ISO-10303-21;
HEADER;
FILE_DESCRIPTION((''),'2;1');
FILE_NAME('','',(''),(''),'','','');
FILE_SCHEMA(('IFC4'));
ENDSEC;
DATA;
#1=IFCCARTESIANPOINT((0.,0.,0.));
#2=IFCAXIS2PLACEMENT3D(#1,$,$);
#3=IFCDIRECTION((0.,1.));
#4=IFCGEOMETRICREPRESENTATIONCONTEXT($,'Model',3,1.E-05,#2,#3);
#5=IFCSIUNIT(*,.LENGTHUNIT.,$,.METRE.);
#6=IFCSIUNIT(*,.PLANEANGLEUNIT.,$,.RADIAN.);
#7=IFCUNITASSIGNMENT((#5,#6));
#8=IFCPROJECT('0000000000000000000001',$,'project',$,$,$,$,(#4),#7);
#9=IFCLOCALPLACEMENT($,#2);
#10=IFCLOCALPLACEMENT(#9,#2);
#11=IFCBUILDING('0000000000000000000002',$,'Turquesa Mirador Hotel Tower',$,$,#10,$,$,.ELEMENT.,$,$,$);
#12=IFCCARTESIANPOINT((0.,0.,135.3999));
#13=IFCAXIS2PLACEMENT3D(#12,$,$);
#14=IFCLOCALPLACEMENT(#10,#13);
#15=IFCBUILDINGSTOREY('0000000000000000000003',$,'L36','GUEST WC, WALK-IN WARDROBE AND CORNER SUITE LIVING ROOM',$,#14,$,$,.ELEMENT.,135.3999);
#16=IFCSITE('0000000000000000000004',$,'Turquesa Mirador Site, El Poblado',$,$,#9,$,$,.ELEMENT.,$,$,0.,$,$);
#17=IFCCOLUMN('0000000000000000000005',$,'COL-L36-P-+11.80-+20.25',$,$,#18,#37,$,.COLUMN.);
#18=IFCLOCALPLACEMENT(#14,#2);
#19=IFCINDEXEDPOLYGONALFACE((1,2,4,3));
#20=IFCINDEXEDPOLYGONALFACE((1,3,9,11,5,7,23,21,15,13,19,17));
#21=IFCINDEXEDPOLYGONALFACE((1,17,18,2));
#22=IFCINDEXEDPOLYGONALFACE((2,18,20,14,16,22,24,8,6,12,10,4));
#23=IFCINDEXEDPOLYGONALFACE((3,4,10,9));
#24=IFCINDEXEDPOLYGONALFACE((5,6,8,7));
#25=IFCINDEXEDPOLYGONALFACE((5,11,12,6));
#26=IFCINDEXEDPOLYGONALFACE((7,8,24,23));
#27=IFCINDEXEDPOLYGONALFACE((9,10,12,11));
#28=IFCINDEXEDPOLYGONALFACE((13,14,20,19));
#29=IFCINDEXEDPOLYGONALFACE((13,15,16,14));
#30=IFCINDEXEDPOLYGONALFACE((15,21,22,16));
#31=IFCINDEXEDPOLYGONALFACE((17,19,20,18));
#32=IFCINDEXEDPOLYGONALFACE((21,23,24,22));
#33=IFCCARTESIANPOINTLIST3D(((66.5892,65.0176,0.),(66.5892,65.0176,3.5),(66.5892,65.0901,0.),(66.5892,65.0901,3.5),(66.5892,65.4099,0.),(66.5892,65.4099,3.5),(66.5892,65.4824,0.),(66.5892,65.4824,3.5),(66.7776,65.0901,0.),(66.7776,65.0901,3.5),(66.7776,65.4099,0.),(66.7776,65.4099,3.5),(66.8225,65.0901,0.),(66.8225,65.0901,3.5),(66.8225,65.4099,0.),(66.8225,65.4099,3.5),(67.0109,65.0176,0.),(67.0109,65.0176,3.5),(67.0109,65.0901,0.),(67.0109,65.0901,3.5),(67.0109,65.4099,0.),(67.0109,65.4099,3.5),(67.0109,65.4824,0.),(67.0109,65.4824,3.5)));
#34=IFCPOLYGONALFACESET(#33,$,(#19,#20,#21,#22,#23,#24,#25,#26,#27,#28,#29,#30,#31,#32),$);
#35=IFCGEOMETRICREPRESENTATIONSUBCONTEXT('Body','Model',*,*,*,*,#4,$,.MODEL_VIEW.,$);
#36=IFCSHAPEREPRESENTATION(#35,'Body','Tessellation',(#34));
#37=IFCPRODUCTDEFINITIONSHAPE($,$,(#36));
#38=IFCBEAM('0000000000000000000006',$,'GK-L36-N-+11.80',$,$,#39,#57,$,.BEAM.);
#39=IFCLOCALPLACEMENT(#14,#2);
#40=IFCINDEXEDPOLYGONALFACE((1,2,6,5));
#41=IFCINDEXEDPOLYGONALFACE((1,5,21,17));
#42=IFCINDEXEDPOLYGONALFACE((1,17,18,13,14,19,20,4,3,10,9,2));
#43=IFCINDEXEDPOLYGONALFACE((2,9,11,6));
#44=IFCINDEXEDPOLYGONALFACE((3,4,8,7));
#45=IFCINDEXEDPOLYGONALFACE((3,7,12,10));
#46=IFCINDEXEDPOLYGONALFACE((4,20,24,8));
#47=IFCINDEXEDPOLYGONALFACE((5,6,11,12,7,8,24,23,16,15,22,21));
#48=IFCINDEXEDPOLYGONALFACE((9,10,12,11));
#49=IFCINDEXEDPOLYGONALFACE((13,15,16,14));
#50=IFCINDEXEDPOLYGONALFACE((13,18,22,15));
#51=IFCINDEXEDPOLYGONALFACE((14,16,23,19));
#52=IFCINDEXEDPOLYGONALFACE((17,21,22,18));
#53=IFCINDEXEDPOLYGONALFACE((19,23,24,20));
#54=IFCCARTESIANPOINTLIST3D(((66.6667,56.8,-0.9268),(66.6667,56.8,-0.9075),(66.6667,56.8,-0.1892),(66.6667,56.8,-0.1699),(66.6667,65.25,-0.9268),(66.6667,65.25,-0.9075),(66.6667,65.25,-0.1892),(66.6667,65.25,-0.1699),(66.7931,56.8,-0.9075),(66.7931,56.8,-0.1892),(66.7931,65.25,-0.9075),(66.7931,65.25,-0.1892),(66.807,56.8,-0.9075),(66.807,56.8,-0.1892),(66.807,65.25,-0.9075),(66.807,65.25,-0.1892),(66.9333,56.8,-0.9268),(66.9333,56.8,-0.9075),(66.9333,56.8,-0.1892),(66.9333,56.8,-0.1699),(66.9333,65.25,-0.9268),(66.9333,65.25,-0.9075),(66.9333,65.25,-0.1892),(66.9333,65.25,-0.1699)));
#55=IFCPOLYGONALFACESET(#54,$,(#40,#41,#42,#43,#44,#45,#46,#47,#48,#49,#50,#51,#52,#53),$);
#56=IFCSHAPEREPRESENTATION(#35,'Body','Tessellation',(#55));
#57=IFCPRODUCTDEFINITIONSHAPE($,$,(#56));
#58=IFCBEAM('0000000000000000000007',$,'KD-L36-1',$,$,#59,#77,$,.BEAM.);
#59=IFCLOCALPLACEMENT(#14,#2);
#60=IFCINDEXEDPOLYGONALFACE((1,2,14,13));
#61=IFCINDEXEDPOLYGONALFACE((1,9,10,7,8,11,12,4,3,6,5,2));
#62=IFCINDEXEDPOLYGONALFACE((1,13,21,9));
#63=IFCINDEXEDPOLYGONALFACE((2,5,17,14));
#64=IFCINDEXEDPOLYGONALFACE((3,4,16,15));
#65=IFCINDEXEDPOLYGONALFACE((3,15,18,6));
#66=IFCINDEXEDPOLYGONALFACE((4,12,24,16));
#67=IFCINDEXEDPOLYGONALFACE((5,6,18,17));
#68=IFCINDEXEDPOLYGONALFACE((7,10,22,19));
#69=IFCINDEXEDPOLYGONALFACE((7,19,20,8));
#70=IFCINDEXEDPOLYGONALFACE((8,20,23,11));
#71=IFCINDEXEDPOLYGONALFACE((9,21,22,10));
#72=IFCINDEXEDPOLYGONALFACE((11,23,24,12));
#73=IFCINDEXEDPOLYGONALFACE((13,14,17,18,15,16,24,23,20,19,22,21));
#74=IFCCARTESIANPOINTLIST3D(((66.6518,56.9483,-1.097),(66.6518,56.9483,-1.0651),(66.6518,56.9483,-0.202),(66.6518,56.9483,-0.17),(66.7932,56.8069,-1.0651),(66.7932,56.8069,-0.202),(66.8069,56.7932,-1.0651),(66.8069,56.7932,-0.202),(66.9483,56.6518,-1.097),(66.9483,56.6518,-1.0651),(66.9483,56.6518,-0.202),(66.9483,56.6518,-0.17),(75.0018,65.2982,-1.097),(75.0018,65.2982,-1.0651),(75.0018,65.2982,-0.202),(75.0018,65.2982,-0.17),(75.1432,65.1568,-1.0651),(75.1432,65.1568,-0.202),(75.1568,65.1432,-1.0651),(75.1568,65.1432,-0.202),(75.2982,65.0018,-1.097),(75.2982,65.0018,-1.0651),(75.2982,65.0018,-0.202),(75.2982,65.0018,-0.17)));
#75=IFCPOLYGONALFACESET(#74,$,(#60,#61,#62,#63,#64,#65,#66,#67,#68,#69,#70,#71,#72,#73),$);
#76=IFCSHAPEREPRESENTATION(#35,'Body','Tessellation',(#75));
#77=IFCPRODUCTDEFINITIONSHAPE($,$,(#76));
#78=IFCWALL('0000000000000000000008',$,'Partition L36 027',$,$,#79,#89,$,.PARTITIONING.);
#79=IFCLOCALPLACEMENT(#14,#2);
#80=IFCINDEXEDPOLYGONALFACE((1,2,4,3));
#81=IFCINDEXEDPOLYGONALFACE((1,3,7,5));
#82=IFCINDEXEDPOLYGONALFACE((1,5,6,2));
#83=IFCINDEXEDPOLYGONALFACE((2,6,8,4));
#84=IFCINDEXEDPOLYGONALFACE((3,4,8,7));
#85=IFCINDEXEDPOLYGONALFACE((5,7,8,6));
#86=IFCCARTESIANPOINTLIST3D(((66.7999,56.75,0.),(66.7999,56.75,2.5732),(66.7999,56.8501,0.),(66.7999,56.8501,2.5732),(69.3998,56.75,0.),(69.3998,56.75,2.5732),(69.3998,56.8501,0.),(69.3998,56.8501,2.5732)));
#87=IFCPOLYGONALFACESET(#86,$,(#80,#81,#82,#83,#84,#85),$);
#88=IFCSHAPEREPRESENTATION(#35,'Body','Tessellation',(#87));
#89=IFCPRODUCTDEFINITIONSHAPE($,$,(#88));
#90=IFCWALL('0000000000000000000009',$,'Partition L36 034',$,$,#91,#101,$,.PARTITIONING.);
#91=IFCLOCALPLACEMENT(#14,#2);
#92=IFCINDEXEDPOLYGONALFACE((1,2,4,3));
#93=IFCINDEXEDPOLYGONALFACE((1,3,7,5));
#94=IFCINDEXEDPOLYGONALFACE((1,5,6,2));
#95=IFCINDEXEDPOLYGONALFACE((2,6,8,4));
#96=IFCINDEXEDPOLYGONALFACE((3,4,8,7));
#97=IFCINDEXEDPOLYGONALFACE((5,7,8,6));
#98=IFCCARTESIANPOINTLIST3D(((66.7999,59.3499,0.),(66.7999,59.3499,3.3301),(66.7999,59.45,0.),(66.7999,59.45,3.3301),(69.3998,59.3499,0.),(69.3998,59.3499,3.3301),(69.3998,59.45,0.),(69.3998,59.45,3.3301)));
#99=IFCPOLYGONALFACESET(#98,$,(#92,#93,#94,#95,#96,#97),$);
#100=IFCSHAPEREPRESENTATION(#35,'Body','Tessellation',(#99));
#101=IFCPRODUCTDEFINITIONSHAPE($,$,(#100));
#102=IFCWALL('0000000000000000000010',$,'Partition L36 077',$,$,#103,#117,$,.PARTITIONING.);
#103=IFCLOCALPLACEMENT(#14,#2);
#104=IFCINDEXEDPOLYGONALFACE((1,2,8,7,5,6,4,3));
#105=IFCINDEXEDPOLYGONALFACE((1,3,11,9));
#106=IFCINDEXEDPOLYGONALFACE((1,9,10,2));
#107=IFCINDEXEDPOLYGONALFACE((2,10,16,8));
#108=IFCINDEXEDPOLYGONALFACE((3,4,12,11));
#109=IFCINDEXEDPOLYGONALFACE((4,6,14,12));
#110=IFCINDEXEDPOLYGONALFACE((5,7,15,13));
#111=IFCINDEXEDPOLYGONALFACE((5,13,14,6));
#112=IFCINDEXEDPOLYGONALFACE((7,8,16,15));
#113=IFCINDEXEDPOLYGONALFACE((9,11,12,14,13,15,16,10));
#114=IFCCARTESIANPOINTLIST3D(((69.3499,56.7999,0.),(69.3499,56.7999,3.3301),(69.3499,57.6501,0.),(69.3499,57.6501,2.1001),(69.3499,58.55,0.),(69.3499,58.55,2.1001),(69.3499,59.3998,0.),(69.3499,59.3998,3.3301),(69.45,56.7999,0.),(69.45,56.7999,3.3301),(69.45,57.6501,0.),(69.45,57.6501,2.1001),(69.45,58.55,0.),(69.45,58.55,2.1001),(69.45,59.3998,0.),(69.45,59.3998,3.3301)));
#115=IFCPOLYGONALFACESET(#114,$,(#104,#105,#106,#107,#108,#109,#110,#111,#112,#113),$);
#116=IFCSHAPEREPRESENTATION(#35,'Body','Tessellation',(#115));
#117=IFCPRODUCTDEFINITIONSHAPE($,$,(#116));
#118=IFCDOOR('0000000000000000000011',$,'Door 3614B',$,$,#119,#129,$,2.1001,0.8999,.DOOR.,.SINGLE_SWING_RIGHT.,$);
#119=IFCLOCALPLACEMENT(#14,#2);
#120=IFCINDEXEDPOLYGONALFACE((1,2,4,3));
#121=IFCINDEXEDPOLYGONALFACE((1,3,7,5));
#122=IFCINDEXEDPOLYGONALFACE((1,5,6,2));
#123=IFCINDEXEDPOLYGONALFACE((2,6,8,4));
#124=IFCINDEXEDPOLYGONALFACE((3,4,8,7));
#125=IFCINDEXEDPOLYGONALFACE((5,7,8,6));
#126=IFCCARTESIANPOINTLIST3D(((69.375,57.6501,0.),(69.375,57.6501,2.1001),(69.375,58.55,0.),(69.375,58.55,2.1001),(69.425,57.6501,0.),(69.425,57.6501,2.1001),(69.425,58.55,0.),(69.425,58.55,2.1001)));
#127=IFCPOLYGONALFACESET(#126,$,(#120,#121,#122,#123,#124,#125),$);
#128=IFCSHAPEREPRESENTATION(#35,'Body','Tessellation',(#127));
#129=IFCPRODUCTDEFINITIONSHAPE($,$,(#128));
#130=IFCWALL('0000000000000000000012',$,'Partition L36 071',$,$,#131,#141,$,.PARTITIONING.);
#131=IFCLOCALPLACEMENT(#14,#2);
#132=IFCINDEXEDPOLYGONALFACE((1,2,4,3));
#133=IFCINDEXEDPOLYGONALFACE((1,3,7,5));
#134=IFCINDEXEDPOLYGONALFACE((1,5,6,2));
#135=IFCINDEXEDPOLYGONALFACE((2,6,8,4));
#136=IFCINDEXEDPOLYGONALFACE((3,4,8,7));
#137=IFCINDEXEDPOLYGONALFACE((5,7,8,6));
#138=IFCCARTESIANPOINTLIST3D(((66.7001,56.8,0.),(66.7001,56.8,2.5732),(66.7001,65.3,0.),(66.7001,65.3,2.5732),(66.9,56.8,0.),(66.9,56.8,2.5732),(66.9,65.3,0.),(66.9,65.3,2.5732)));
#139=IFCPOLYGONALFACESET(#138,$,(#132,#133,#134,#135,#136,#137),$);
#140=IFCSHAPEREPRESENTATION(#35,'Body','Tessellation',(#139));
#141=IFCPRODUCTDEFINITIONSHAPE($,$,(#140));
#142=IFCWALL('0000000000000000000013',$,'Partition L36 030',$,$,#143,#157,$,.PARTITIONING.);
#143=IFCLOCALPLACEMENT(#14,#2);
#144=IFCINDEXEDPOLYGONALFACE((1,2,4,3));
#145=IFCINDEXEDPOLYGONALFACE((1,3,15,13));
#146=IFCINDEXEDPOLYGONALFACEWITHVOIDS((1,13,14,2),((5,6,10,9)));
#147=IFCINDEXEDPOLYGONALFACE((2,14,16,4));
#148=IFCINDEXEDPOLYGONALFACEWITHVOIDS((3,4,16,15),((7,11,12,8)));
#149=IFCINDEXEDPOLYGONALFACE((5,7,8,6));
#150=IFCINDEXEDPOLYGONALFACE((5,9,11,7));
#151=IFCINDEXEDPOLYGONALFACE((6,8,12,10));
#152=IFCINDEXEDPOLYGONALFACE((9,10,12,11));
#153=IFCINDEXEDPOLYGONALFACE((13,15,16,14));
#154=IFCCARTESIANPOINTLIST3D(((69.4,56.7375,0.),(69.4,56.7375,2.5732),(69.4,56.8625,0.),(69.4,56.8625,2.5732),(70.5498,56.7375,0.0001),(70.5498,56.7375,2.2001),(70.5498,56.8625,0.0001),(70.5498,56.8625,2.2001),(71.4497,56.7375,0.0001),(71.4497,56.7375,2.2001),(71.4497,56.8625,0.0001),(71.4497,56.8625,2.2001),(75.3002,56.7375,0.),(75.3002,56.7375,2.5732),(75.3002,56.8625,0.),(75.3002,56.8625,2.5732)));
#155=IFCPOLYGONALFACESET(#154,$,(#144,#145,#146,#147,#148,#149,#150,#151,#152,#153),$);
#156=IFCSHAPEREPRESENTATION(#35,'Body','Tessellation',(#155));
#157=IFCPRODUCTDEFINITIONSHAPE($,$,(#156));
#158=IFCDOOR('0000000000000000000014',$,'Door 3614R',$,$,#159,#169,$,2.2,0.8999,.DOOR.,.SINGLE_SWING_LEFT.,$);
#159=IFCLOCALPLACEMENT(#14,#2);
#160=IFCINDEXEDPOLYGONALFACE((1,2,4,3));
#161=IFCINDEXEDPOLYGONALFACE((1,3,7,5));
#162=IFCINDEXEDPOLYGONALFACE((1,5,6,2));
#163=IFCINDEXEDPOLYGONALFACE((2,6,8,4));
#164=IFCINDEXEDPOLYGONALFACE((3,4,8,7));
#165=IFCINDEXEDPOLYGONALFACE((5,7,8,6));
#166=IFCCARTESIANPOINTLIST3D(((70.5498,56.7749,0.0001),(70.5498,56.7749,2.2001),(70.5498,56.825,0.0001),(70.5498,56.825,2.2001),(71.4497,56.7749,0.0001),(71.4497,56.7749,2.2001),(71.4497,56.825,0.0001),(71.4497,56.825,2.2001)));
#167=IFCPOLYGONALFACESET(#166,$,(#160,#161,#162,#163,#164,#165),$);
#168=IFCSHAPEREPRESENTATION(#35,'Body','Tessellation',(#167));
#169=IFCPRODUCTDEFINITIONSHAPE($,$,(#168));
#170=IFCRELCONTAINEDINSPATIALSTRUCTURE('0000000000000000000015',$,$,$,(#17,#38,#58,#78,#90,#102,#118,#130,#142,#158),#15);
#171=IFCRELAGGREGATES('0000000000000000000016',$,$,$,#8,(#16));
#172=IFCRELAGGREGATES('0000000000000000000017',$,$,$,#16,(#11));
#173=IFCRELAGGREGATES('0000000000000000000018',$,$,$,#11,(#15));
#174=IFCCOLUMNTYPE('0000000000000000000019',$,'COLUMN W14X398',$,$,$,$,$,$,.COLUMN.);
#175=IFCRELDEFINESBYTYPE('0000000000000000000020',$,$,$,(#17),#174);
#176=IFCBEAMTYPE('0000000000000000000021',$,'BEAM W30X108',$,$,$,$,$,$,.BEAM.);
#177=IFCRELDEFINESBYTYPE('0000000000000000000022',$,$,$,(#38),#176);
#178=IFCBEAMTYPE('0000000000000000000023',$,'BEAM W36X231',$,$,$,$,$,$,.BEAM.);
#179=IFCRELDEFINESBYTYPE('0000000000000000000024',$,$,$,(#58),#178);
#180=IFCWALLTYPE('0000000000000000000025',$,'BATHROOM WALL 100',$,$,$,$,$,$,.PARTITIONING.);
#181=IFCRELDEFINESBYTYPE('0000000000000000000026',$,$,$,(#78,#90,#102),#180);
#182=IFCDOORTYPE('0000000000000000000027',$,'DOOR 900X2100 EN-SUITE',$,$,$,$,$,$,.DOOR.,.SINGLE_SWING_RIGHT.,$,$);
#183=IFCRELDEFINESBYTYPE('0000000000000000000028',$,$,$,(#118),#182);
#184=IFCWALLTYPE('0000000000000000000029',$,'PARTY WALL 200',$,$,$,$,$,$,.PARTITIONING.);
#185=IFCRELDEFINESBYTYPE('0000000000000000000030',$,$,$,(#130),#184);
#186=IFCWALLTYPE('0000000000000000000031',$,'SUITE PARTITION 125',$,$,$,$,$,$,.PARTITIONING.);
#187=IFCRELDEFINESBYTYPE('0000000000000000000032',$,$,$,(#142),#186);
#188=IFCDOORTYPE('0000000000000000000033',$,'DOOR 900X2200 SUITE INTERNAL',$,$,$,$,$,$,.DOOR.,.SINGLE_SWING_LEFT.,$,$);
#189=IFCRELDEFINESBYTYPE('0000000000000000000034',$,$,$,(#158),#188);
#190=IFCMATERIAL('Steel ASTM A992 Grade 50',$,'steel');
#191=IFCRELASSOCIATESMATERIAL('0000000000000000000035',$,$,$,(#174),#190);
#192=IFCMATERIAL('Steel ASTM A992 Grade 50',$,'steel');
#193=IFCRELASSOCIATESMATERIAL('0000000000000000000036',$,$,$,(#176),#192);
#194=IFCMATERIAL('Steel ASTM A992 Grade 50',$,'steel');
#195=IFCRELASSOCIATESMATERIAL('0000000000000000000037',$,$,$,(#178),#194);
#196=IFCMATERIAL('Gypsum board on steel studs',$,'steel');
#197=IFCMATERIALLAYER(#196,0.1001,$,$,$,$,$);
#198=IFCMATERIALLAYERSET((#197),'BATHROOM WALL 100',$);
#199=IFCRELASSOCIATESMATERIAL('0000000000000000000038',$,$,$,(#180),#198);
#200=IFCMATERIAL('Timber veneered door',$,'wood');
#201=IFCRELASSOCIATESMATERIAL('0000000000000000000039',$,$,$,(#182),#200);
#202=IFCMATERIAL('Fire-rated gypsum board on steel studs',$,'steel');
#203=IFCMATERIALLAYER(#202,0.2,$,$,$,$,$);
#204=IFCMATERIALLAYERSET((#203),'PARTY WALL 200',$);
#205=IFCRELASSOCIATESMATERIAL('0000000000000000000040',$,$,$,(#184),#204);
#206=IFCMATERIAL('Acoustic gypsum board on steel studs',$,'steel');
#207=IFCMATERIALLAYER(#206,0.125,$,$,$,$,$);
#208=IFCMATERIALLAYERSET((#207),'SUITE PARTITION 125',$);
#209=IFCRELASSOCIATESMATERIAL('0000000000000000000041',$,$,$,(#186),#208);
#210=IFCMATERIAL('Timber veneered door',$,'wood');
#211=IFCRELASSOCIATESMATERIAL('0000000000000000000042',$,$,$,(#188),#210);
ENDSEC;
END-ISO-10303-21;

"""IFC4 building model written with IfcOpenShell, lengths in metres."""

from ifc_helpers import new_model, si_unit, direction, frame, frame_2d, origin, origin_2d, place, context, subcontext, project, spatial, rectangle, i_section, extrude, material, layer, layer_set, material_profile, profile_set, type_object, element, fill, save


model = new_model("IFC4")

# Units and contexts
model_context = context("Model", 3, precision=1e-05, world=origin(), true_north=direction((0.0, 1.0)))
body_context = subcontext(model_context, "Body", "Model", "MODEL_VIEW")
ifc_project = project(units=[si_unit("LENGTHUNIT", "METRE"), si_unit("PLANEANGLEUNIT", "RADIAN")], contexts=[model_context])

# Site, building, storey
site_placement = place(None, origin())
site = spatial("IfcSite", under=ifc_project, at=site_placement, Name="Turquesa Mirador Site, El Poblado", CompositionType="ELEMENT", RefElevation=0.0)
building_placement = place(site_placement, origin())
building = spatial("IfcBuilding", under=site, at=building_placement, Name="Turquesa Mirador Hotel Tower", CompositionType="ELEMENT")
storey_placement = place(building_placement, frame((0.0, 0.0, 135.3999)))
storey = spatial("IfcBuildingStorey", under=building, at=storey_placement, Name="L36", Description="GUEST WC, WALK-IN WARDROBE AND CORNER SUITE LIVING ROOM", CompositionType="ELEMENT", Elevation=135.3999)

# Column
ifc_material_1 = material(Name="Steel ASTM A992 Grade 50", Category="steel")
ifc_material_profile_1 = material_profile(ifc_material_1, i_section(OverallWidth=0.4216, OverallDepth=0.4648, WebThickness=0.0449, FlangeThickness=0.0725, at=origin_2d()), Name="W14X398")
ifc_profile_set_1 = profile_set([ifc_material_profile_1], Name="Steel ASTM A992 Grade 50")
column_type = type_object("IfcColumnType", Name="COLUMN W14X398", PredefinedType="COLUMN", material=ifc_profile_set_1)
column_placement = place(storey_placement, frame((66.8, 65.25, 0.0), z_axis=(0.0, 0.0, 1.0), x_axis=(1.0, 0.0, 0.0)))
element("IfcColumn", 1, at=column_placement, inside=storey, type_object=column_type, Name="COL-L36-P-+11.80-+20.25", PredefinedType="COLUMN", context=body_context, shape_type="SweptSolid", body=[
    extrude(i_section(OverallWidth=0.4216, OverallDepth=0.4648, WebThickness=0.0449, FlangeThickness=0.0725, at=origin_2d()), origin(), (0.0, 0.0, 1.0), 3.5),
])

# Beams
ifc_material_2 = material(Name="Steel ASTM A992 Grade 50", Category="steel")
ifc_material_profile_2 = material_profile(ifc_material_2, i_section(OverallWidth=0.2666, OverallDepth=0.7568, WebThickness=0.0139, FlangeThickness=0.0193, at=origin_2d()), Name="W30X108")
ifc_profile_set_2 = profile_set([ifc_material_profile_2], Name="Steel ASTM A992 Grade 50")
beam_type_1 = type_object("IfcBeamType", Name="BEAM W30X108", PredefinedType="BEAM", material=ifc_profile_set_2)
beam_1_placement = place(storey_placement, frame((66.8, 65.25, -0.5483), z_axis=(0.0, -1.0, 0.0), x_axis=(1.0, 0.0, 0.0)))
element("IfcBeam", 2, at=beam_1_placement, inside=storey, type_object=beam_type_1, Name="GK-L36-N-+11.80", PredefinedType="BEAM", context=body_context, shape_type="SweptSolid", body=[
    extrude(i_section(OverallWidth=0.2666, OverallDepth=0.7568, WebThickness=0.0139, FlangeThickness=0.0193, at=origin_2d()), origin(), (0.0, 0.0, 1.0), 8.45),
])
ifc_material_3 = material(Name="Steel ASTM A992 Grade 50", Category="steel")
ifc_material_profile_3 = material_profile(ifc_material_3, i_section(OverallWidth=0.4192, OverallDepth=0.927, WebThickness=0.0193, FlangeThickness=0.032, at=origin_2d()), Name="W36X231")
ifc_profile_set_3 = profile_set([ifc_material_profile_3], Name="Steel ASTM A992 Grade 50")
beam_type_2 = type_object("IfcBeamType", Name="BEAM W36X231", PredefinedType="BEAM", material=ifc_profile_set_3)
beam_2_placement = place(storey_placement, frame((66.8, 56.8, -0.6335), z_axis=(0.707107, 0.707107, 0.0), x_axis=(-0.707107, 0.707107, 0.0)))
element("IfcBeam", 3, at=beam_2_placement, inside=storey, type_object=beam_type_2, Name="KD-L36-1", PredefinedType="BEAM", context=body_context, shape_type="SweptSolid", body=[
    extrude(i_section(OverallWidth=0.4192, OverallDepth=0.927, WebThickness=0.0193, FlangeThickness=0.032, at=origin_2d()), origin(), (0.0, 0.0, 1.0), 11.8086),
])

# Walls
ifc_material_4 = material(Name="Gypsum board on steel studs", Category="steel")
ifc_layer_1 = layer(ifc_material_4, 0.1001)
ifc_layer_set_1 = layer_set([ifc_layer_1], Name="BATHROOM WALL 100")
wall_type_1 = type_object("IfcWallType", Name="BATHROOM WALL 100", PredefinedType="PARTITIONING", material=ifc_layer_set_1)
wall_1_placement = place(storey_placement, frame((66.8, 56.8, 0.0), z_axis=(0.0, 0.0, 1.0), x_axis=(1.0, 0.0, 0.0)))
element("IfcWall", 4, at=wall_1_placement, inside=storey, type_object=wall_type_1, Name="Partition L36 027", PredefinedType="PARTITIONING", context=body_context, shape_type="SweptSolid", body=[
    extrude(rectangle(XDim=2.5999, YDim=0.1001, at=frame_2d((1.2998, 0.0))), origin(), (0.0, 0.0, 1.0), 2.5732),
])
wall_2_placement = place(storey_placement, frame((66.8, 59.3999, 0.0), z_axis=(0.0, 0.0, 1.0), x_axis=(1.0, 0.0, 0.0)))
element("IfcWall", 5, at=wall_2_placement, inside=storey, type_object=wall_type_1, Name="Partition L36 034", PredefinedType="PARTITIONING", context=body_context, shape_type="SweptSolid", body=[
    extrude(rectangle(XDim=2.5999, YDim=0.1001, at=frame_2d((1.2998, 0.0))), origin(), (0.0, 0.0, 1.0), 3.3301),
])

# Wall, opening, door
wall_3_placement = place(storey_placement, frame((69.3999, 56.8, 0.0), z_axis=(0.0, 0.0, 1.0), x_axis=(0.0, 1.0, 0.0)))
wall_3 = element("IfcWall", 6, at=wall_3_placement, inside=storey, type_object=wall_type_1, Name="Partition L36 077", PredefinedType="PARTITIONING", context=body_context, shape_type="SweptSolid", body=[
    extrude(rectangle(XDim=2.5999, YDim=0.1001, at=frame_2d((1.2998, 0.0))), origin(), (0.0, 0.0, 1.0), 3.3301),
])
opening_1_placement = place(wall_3_placement, frame((0.8501, 0.0, 0.0)))
opening_1 = element("IfcOpeningElement", 7, at=opening_1_placement, cuts=wall_3, PredefinedType="OPENING", context=body_context, shape_type="SweptSolid", body=[
    extrude(rectangle(XDim=0.8999, YDim=2.1001, at=frame_2d((0.45, 1.05))), frame((0.0, 0.0601, 0.0), z_axis=(0.0, -1.0, 0.0), x_axis=(1.0, 0.0, 0.0)), (0.0, 0.0, 1.0), 0.1201),
])
ifc_material_5 = material(Name="Timber veneered door", Category="wood")
door_type_1 = type_object("IfcDoorType", Name="DOOR 900X2100 EN-SUITE", OperationType="SINGLE_SWING_RIGHT", PredefinedType="DOOR", material=ifc_material_5)
door_1_placement = place(opening_1_placement, origin())
door_1 = element("IfcDoor", 8, at=door_1_placement, inside=storey, type_object=door_type_1, Name="Door 3614B", OperationType="SINGLE_SWING_RIGHT", OverallHeight=2.1001, OverallWidth=0.8999, PredefinedType="DOOR", context=body_context, shape_type="SweptSolid", body=[
    extrude(rectangle(XDim=0.8999, YDim=2.1001, at=frame_2d((0.45, 1.05))), frame((0.0, 0.0249, 0.0), z_axis=(0.0, -1.0, 0.0), x_axis=(1.0, 0.0, 0.0)), (0.0, 0.0, 1.0), 0.05),
])
fill(opening_1, door_1)

# Wall
ifc_material_6 = material(Name="Fire-rated gypsum board on steel studs", Category="steel")
ifc_layer_2 = layer(ifc_material_6, 0.2)
ifc_layer_set_2 = layer_set([ifc_layer_2], Name="PARTY WALL 200")
wall_type_2 = type_object("IfcWallType", Name="PARTY WALL 200", PredefinedType="PARTITIONING", material=ifc_layer_set_2)
wall_4_placement = place(storey_placement, frame((66.8, 56.8, 0.0), z_axis=(0.0, 0.0, 1.0), x_axis=(0.0, 1.0, 0.0)))
element("IfcWall", 9, at=wall_4_placement, inside=storey, type_object=wall_type_2, Name="Partition L36 071", PredefinedType="PARTITIONING", context=body_context, shape_type="SweptSolid", body=[
    extrude(rectangle(XDim=8.5, YDim=0.2, at=frame_2d((4.25, 0.0))), origin(), (0.0, 0.0, 1.0), 2.5732),
])

# Wall, opening, door
ifc_material_7 = material(Name="Acoustic gypsum board on steel studs", Category="steel")
ifc_layer_3 = layer(ifc_material_7, 0.125)
ifc_layer_set_3 = layer_set([ifc_layer_3], Name="SUITE PARTITION 125")
wall_type_3 = type_object("IfcWallType", Name="SUITE PARTITION 125", PredefinedType="PARTITIONING", material=ifc_layer_set_3)
wall_5_placement = place(storey_placement, frame((69.3999, 56.8, 0.0), z_axis=(0.0, 0.0, 1.0), x_axis=(1.0, 0.0, 0.0)))
wall_5 = element("IfcWall", 10, at=wall_5_placement, inside=storey, type_object=wall_type_3, Name="Partition L36 030", PredefinedType="PARTITIONING", context=body_context, shape_type="SweptSolid", body=[
    extrude(rectangle(XDim=5.9001, YDim=0.125, at=frame_2d((2.9502, 0.0))), origin(), (0.0, 0.0, 1.0), 2.5732),
])
opening_2_placement = place(wall_5_placement, frame((1.1499, 0.0, 0.0)))
opening_2 = element("IfcOpeningElement", 11, at=opening_2_placement, cuts=wall_5, PredefinedType="OPENING", context=body_context, shape_type="SweptSolid", body=[
    extrude(rectangle(XDim=0.8999, YDim=2.2, at=frame_2d((0.45, 1.1001))), frame((0.0, 0.0725, 0.0), z_axis=(0.0, -1.0, 0.0), x_axis=(1.0, 0.0, 0.0)), (0.0, 0.0, 1.0), 0.145),
])
ifc_material_8 = material(Name="Timber veneered door", Category="wood")
door_type_2 = type_object("IfcDoorType", Name="DOOR 900X2200 SUITE INTERNAL", OperationType="SINGLE_SWING_LEFT", PredefinedType="DOOR", material=ifc_material_8)
door_2_placement = place(opening_2_placement, origin())
door_2 = element("IfcDoor", 12, at=door_2_placement, inside=storey, type_object=door_type_2, Name="Door 3614R", OperationType="SINGLE_SWING_LEFT", OverallHeight=2.2, OverallWidth=0.8999, PredefinedType="DOOR", context=body_context, shape_type="SweptSolid", body=[
    extrude(rectangle(XDim=0.8999, YDim=2.2, at=frame_2d((0.45, 1.1001))), frame((0.0, 0.0249, 0.0), z_axis=(0.0, -1.0, 0.0), x_axis=(1.0, 0.0, 0.0)), (0.0, 0.0, 1.0), 0.05),
])
fill(opening_2, door_2)

save(model, "model.ifc")
